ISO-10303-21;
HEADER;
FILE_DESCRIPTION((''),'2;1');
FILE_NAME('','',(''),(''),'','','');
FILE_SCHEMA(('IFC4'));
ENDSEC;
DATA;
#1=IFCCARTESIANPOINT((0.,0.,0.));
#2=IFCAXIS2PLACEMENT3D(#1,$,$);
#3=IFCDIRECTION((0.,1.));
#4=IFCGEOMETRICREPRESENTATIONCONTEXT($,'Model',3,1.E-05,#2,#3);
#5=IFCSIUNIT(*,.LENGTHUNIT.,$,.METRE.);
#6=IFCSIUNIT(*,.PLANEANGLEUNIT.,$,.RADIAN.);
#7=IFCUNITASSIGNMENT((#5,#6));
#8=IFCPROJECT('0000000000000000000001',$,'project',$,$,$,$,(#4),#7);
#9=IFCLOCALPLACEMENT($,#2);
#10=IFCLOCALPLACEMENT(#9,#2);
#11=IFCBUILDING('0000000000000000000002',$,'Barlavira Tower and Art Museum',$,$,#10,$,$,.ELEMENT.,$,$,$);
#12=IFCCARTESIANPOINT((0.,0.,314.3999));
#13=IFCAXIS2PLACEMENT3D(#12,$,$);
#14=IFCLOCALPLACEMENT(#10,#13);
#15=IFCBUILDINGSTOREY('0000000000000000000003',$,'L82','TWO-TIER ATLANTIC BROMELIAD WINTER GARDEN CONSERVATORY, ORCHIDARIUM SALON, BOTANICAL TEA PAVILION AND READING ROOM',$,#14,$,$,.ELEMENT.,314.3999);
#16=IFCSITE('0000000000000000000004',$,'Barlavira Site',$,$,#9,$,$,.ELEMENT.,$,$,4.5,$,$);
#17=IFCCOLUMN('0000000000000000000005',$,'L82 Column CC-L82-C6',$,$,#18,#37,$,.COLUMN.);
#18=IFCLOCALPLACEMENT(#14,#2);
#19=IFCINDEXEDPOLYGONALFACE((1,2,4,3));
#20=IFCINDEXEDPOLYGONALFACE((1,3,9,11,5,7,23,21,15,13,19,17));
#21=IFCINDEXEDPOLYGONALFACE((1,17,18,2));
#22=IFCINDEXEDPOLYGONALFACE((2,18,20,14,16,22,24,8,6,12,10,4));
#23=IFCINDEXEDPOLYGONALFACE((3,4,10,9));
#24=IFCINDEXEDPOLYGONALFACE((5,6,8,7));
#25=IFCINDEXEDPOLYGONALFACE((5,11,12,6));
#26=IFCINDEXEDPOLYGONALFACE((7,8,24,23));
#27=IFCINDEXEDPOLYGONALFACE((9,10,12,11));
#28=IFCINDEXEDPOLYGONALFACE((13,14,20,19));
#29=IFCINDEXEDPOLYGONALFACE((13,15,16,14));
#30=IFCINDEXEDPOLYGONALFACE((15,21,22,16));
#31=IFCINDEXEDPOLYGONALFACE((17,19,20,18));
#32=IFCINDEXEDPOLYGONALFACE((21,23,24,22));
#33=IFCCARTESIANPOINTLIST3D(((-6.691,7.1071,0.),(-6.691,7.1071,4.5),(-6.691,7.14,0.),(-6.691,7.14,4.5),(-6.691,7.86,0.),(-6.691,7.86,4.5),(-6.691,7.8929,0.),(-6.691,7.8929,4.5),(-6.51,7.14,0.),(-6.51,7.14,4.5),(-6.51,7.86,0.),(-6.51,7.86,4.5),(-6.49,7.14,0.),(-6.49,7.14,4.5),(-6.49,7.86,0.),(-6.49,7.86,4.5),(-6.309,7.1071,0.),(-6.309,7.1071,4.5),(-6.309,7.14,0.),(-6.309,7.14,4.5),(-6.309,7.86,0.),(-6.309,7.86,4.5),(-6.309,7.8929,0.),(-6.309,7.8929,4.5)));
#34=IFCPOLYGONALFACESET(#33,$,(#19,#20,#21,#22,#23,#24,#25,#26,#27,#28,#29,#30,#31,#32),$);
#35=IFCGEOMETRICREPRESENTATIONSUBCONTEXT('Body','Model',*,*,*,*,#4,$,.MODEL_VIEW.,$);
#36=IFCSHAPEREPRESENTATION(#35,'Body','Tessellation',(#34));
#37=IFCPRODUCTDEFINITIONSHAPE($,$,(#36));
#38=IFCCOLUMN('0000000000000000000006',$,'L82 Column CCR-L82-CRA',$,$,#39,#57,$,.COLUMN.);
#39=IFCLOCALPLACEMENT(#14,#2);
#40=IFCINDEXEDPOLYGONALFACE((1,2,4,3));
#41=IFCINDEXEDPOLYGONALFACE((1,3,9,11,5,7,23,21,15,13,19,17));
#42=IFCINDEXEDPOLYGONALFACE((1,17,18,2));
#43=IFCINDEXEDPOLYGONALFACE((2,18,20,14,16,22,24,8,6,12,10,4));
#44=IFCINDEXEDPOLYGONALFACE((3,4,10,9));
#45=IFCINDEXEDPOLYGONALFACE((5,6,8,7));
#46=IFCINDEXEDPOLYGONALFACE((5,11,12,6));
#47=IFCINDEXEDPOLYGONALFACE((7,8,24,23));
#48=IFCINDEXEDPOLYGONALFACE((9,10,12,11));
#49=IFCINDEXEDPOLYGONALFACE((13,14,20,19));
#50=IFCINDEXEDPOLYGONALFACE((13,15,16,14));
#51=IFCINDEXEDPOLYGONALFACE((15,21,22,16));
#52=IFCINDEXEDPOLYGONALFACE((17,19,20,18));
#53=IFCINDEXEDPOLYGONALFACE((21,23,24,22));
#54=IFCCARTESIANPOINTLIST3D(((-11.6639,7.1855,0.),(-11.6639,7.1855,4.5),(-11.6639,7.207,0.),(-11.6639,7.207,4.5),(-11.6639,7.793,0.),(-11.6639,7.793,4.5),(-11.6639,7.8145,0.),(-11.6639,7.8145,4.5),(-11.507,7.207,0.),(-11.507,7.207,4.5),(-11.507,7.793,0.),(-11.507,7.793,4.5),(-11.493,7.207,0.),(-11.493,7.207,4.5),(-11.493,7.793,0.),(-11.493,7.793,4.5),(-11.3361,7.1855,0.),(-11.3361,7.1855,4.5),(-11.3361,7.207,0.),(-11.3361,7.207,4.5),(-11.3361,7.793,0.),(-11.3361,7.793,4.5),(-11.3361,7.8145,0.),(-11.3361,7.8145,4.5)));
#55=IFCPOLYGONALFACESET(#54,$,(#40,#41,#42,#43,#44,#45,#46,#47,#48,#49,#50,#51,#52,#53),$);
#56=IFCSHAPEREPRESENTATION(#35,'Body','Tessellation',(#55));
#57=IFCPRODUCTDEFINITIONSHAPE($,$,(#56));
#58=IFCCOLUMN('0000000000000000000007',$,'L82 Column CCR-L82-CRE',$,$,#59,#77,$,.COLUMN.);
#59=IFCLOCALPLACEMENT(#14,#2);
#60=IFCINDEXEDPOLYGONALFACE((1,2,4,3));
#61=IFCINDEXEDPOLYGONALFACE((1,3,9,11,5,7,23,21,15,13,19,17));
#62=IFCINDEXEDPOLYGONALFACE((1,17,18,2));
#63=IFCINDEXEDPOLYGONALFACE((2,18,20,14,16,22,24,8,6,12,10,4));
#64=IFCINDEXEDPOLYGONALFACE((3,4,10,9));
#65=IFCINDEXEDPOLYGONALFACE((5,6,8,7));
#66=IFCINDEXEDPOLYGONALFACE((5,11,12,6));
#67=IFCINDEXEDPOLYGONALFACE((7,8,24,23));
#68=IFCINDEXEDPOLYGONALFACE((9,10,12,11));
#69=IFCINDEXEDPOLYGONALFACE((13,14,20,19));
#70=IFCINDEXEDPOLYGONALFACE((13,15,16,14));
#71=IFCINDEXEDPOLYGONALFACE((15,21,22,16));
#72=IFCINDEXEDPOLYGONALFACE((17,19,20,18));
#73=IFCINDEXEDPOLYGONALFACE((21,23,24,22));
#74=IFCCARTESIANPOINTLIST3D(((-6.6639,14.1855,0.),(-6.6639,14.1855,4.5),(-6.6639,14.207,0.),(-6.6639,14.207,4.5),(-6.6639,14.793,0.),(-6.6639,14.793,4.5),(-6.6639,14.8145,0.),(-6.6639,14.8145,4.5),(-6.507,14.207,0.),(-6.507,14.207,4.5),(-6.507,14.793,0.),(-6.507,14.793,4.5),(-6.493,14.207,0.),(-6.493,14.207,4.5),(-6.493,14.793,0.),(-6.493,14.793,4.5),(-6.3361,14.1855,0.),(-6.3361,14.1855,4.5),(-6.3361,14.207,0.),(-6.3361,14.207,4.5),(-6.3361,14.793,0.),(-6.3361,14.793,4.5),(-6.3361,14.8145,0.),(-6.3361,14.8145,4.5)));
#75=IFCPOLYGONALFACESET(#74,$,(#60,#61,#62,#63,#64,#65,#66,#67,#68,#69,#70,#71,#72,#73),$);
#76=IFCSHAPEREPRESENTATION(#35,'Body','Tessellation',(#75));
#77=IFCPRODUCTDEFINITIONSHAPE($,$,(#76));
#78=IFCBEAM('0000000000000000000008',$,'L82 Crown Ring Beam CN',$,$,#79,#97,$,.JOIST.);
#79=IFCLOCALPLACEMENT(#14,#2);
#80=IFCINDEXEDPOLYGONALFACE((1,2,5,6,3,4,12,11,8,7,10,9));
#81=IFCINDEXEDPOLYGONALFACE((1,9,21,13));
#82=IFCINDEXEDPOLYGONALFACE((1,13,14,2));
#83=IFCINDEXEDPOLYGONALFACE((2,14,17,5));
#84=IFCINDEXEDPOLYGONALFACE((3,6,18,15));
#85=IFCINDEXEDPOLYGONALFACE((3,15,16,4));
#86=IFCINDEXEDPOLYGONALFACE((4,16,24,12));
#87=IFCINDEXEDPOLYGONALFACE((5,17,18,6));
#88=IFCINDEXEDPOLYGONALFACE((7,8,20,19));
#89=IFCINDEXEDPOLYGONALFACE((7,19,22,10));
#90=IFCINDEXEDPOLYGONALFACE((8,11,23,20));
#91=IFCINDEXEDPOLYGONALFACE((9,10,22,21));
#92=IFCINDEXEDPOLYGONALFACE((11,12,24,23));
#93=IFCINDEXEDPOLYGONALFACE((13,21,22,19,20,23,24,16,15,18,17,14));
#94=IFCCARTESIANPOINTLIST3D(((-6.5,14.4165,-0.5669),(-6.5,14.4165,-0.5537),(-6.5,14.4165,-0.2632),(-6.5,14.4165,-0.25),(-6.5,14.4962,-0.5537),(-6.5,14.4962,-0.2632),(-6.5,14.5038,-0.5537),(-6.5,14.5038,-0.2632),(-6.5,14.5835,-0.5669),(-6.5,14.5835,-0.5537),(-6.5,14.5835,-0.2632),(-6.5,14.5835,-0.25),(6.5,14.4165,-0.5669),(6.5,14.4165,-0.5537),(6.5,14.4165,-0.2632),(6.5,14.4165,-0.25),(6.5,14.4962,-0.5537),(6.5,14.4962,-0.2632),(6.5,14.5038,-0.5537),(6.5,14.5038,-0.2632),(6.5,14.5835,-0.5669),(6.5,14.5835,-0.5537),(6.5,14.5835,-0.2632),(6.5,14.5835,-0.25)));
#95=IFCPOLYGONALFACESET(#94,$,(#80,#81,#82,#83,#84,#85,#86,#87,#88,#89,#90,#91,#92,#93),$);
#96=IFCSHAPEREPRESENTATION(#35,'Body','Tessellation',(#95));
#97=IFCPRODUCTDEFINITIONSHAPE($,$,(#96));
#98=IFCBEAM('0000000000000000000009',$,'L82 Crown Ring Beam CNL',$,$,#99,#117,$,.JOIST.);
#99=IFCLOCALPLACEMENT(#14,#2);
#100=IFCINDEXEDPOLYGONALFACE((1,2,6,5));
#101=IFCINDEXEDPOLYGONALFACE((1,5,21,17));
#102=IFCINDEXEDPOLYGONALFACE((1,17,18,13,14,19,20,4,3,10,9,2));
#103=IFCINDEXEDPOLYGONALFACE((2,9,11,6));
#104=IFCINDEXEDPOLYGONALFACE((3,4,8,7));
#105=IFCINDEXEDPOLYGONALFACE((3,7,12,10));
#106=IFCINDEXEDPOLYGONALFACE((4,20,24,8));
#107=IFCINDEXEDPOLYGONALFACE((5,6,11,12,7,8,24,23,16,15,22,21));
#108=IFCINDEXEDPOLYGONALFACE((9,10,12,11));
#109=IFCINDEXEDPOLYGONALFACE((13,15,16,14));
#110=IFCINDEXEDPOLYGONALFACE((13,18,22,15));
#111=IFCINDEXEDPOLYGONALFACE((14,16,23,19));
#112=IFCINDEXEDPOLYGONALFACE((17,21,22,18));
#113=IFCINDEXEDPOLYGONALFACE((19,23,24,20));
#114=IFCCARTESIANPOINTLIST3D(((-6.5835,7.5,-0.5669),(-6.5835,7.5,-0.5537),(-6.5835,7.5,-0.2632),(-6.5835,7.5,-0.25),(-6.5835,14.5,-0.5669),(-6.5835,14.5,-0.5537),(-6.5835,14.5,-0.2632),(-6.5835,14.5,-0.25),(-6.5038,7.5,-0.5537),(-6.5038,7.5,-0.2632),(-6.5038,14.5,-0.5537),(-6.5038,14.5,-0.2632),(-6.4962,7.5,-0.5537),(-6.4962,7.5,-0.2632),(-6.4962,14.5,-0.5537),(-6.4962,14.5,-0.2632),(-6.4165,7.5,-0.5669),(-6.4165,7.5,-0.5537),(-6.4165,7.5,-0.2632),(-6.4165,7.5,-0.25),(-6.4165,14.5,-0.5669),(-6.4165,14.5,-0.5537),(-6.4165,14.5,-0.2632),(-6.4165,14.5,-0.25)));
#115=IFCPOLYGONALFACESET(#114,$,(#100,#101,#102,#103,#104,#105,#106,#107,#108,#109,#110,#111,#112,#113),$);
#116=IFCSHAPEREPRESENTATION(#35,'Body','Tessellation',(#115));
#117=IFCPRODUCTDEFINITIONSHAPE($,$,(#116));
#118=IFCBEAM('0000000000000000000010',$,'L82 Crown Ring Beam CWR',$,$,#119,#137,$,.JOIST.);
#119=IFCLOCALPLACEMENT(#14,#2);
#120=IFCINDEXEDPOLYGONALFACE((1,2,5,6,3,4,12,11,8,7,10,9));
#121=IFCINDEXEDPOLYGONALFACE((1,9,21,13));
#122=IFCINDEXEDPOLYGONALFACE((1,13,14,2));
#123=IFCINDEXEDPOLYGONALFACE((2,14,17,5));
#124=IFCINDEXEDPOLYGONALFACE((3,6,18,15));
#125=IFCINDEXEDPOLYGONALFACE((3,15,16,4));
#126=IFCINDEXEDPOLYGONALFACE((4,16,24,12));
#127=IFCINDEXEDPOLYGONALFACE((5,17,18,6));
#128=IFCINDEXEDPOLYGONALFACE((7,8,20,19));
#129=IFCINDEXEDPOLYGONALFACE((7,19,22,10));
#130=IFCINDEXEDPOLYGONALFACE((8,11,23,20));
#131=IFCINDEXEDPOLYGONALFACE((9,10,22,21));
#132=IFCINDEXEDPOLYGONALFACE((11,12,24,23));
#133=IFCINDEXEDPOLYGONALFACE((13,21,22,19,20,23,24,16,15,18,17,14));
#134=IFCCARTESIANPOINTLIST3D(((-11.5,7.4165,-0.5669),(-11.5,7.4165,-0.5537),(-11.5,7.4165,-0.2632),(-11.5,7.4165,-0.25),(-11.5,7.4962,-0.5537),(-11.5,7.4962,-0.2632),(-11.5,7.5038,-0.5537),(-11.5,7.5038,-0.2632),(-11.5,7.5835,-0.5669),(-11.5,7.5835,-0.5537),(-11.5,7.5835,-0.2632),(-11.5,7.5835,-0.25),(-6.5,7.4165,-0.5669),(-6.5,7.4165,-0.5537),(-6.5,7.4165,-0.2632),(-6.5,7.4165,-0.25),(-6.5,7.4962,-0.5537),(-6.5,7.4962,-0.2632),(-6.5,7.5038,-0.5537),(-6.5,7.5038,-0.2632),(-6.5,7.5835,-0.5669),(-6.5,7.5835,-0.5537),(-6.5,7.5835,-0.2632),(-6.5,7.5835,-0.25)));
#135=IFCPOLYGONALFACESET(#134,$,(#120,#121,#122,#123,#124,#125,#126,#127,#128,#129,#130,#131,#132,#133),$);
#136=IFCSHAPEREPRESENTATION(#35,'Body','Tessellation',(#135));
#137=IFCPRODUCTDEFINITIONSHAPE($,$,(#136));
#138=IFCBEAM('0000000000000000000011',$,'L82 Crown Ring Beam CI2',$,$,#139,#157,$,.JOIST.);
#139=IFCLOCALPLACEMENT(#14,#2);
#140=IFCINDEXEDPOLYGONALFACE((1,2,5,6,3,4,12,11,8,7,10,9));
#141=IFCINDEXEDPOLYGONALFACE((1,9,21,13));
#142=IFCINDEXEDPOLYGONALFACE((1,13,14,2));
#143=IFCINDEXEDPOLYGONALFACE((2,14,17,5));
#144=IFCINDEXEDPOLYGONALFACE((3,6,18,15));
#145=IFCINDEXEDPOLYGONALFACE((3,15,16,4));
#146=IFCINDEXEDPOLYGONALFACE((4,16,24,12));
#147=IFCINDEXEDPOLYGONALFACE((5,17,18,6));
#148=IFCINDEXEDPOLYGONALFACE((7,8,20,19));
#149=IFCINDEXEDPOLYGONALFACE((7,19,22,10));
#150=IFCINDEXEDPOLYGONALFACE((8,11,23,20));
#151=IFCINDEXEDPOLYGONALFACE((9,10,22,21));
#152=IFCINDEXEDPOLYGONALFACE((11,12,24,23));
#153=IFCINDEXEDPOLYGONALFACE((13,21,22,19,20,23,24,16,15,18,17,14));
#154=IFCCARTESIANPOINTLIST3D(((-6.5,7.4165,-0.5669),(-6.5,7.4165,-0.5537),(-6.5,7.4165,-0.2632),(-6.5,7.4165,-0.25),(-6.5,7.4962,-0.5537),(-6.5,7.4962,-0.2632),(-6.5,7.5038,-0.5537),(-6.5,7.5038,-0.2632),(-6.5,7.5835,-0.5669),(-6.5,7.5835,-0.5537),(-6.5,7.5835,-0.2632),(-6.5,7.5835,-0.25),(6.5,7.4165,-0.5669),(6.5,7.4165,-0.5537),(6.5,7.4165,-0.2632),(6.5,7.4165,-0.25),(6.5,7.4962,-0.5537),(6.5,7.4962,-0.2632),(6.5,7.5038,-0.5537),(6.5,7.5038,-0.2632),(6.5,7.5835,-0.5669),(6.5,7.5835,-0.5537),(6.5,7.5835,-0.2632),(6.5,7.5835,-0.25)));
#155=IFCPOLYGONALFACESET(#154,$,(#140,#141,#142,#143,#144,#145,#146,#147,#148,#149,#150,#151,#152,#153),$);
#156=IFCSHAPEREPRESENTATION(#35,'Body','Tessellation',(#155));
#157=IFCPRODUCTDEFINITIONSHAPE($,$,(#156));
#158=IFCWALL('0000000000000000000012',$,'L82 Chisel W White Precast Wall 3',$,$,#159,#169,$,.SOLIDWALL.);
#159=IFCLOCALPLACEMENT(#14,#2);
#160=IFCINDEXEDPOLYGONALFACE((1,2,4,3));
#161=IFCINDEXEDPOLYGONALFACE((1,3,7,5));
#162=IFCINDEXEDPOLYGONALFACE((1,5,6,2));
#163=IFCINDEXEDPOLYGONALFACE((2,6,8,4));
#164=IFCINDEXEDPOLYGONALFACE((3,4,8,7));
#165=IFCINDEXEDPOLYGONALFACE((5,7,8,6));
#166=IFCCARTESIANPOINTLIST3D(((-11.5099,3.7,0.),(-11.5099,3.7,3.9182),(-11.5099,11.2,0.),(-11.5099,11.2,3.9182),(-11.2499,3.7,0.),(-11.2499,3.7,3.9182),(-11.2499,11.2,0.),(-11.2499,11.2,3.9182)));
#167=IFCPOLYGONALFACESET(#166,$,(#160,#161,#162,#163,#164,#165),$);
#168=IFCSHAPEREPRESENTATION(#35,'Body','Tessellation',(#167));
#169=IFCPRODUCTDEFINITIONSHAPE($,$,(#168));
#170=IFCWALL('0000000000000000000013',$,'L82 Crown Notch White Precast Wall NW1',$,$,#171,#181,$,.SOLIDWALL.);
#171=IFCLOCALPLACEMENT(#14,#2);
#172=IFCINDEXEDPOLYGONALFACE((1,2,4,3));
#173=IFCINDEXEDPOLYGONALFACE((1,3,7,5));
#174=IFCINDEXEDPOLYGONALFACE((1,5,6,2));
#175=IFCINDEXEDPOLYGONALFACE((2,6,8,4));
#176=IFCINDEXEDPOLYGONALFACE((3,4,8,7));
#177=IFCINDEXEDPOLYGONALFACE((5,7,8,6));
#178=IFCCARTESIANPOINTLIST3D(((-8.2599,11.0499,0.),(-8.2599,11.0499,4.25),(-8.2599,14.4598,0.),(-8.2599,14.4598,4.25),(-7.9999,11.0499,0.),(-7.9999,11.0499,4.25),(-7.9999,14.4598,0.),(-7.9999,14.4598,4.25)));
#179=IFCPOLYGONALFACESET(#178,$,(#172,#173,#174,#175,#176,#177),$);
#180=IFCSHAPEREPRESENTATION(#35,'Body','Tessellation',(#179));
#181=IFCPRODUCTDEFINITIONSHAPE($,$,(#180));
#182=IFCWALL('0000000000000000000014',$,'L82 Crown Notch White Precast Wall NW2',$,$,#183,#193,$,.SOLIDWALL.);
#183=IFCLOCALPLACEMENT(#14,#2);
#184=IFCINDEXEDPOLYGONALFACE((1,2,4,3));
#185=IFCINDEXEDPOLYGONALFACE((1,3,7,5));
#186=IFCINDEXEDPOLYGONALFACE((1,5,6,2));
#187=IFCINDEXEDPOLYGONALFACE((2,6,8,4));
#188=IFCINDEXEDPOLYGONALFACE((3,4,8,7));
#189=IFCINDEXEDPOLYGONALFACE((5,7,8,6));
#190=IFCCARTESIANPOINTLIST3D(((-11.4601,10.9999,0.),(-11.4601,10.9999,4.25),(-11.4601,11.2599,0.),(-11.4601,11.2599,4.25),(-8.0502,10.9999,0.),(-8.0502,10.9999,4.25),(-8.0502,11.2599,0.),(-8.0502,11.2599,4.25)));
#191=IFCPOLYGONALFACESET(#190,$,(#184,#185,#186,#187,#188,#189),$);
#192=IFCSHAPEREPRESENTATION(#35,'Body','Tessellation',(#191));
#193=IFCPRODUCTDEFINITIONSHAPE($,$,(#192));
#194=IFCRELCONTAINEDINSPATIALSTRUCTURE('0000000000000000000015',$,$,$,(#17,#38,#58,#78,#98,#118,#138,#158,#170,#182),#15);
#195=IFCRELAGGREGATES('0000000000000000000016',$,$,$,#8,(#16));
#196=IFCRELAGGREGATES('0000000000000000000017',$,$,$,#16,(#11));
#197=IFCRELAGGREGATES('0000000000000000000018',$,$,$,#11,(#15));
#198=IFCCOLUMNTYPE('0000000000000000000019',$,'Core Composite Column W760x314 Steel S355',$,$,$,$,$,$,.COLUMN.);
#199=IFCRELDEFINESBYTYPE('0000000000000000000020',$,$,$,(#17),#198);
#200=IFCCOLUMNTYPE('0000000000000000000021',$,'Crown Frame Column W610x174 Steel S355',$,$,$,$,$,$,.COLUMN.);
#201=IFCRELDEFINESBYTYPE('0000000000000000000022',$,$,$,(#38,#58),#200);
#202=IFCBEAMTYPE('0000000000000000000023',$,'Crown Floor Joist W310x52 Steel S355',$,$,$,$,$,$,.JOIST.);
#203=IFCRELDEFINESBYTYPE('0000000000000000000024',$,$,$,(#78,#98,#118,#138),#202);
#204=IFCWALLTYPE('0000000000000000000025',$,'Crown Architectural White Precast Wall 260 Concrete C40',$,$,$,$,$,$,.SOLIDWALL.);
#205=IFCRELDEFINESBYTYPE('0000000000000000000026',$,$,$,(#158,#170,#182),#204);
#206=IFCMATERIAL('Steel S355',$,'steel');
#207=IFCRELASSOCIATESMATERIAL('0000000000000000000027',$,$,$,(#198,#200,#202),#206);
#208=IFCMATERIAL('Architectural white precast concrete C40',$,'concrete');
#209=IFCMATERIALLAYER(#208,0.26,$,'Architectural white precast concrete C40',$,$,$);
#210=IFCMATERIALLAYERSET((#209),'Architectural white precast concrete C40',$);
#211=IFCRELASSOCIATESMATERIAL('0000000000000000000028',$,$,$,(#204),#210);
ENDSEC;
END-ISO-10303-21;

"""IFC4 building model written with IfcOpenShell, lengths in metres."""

from ifc_helpers import new_model, si_unit, direction, frame, frame_2d, origin, origin_2d, place, context, subcontext, project, spatial, rectangle, i_section, extrude, material, layer, layer_set, material_profile, profile_set, type_object, element, save


model = new_model("IFC4")

# Units and contexts
model_context = context("Model", 3, precision=1e-05, world=origin(), true_north=direction((0.0, 1.0)))
body_context = subcontext(model_context, "Body", "Model", "MODEL_VIEW")
ifc_project = project(units=[si_unit("LENGTHUNIT", "METRE"), si_unit("PLANEANGLEUNIT", "RADIAN")], contexts=[model_context])

# Site, building, storey
site_placement = place(None, origin())
site = spatial("IfcSite", under=ifc_project, at=site_placement, Name="Barlavira Site", CompositionType="ELEMENT", RefElevation=4.5)
building_placement = place(site_placement, origin())
building = spatial("IfcBuilding", under=site, at=building_placement, Name="Barlavira Tower and Art Museum", CompositionType="ELEMENT")
storey_placement = place(building_placement, frame((0.0, 0.0, 314.3999)))
storey = spatial("IfcBuildingStorey", under=building, at=storey_placement, Name="L82", Description="TWO-TIER ATLANTIC BROMELIAD WINTER GARDEN CONSERVATORY, ORCHIDARIUM SALON, BOTANICAL TEA PAVILION AND READING ROOM", CompositionType="ELEMENT", Elevation=314.3999)

# Columns
ifc_material_1 = material(Name="Steel S355", Category="steel")
ifc_material_profile_1 = material_profile(ifc_material_1, i_section(OverallWidth=0.3821, OverallDepth=0.7859, WebThickness=0.02, FlangeThickness=0.033, at=origin_2d()), Name="W760x314.0")
ifc_profile_set_1 = profile_set([ifc_material_profile_1], Name="Steel S355")
column_type_1 = type_object("IfcColumnType", Name="Core Composite Column W760x314 Steel S355", PredefinedType="COLUMN", material=ifc_profile_set_1)
column_placement = place(storey_placement, frame((-6.5, 7.5, 0.0), z_axis=(0.0, 0.0, 1.0), x_axis=(1.0, 0.0, 0.0)))
element("IfcColumn", 1, at=column_placement, inside=storey, type_object=column_type_1, Name="L82 Column CC-L82-C6", PredefinedType="COLUMN", context=body_context, shape_type="SweptSolid", body=[
    extrude(i_section(OverallWidth=0.3821, OverallDepth=0.7859, WebThickness=0.02, FlangeThickness=0.033, at=origin_2d()), origin(), (0.0, 0.0, 1.0), 4.5),
])
ifc_material_profile_2 = material_profile(ifc_material_1, i_section(OverallWidth=0.3279, OverallDepth=0.6289, WebThickness=0.0139, FlangeThickness=0.0215, at=origin_2d()), Name="W610x174.0")
ifc_profile_set_2 = profile_set([ifc_material_profile_2], Name="Steel S355")
column_type_2 = type_object("IfcColumnType", Name="Crown Frame Column W610x174 Steel S355", PredefinedType="COLUMN", material=ifc_profile_set_2)
for number, where, z_axis, x_axis, name in (
    (2, (-11.5, 7.5, 0.0), (0.0, 0.0, 1.0), (1.0, 0.0, 0.0), "L82 Column CCR-L82-CRA"),
    (3, (-6.5, 14.5, 0.0), (0.0, 0.0, 1.0), (1.0, 0.0, 0.0), "L82 Column CCR-L82-CRE"),
):
    element("IfcColumn", number, at=place(storey_placement, frame(where, z_axis=z_axis, x_axis=x_axis)), inside=storey, type_object=column_type_2, Name=name, PredefinedType="COLUMN", context=body_context, shape_type="SweptSolid", body=[
        extrude(i_section(OverallWidth=0.3279, OverallDepth=0.6289, WebThickness=0.0139, FlangeThickness=0.0215, at=origin_2d()), origin(), (0.0, 0.0, 1.0), 4.5),
    ])

# Beams
ifc_material_profile_3 = material_profile(ifc_material_1, i_section(OverallWidth=0.167, OverallDepth=0.3169, WebThickness=0.0076, FlangeThickness=0.0132, at=origin_2d()), Name="W310x52.0")
ifc_profile_set_3 = profile_set([ifc_material_profile_3], Name="Steel S355")
beam_type = type_object("IfcBeamType", Name="Crown Floor Joist W310x52 Steel S355", PredefinedType="JOIST", material=ifc_profile_set_3)
beam_1_placement = place(storey_placement, frame((-6.5, 14.5, -0.4084), z_axis=(1.0, 0.0, 0.0), x_axis=(0.0, 1.0, 0.0)))
element("IfcBeam", 4, at=beam_1_placement, inside=storey, type_object=beam_type, Name="L82 Crown Ring Beam CN", PredefinedType="JOIST", context=body_context, shape_type="SweptSolid", body=[
    extrude(i_section(OverallWidth=0.167, OverallDepth=0.3169, WebThickness=0.0076, FlangeThickness=0.0132, at=origin_2d()), origin(), (0.0, 0.0, 1.0), 13.0),
])
beam_2_placement = place(storey_placement, frame((-6.5, 7.5, -0.4084), z_axis=(0.0, 1.0, 0.0), x_axis=(-1.0, 0.0, 0.0)))
element("IfcBeam", 5, at=beam_2_placement, inside=storey, type_object=beam_type, Name="L82 Crown Ring Beam CNL", PredefinedType="JOIST", context=body_context, shape_type="SweptSolid", body=[
    extrude(i_section(OverallWidth=0.167, OverallDepth=0.3169, WebThickness=0.0076, FlangeThickness=0.0132, at=origin_2d()), origin(), (0.0, 0.0, 1.0), 7.0),
])
beam_3_placement = place(storey_placement, frame((-11.5, 7.5, -0.4084), z_axis=(1.0, 0.0, 0.0), x_axis=(0.0, 1.0, 0.0)))
element("IfcBeam", 6, at=beam_3_placement, inside=storey, type_object=beam_type, Name="L82 Crown Ring Beam CWR", PredefinedType="JOIST", context=body_context, shape_type="SweptSolid", body=[
    extrude(i_section(OverallWidth=0.167, OverallDepth=0.3169, WebThickness=0.0076, FlangeThickness=0.0132, at=origin_2d()), origin(), (0.0, 0.0, 1.0), 5.0),
])
beam_4_placement = place(storey_placement, frame((-6.5, 7.5, -0.4084), z_axis=(1.0, 0.0, 0.0), x_axis=(0.0, 1.0, 0.0)))
element("IfcBeam", 7, at=beam_4_placement, inside=storey, type_object=beam_type, Name="L82 Crown Ring Beam CI2", PredefinedType="JOIST", context=body_context, shape_type="SweptSolid", body=[
    extrude(i_section(OverallWidth=0.167, OverallDepth=0.3169, WebThickness=0.0076, FlangeThickness=0.0132, at=origin_2d()), origin(), (0.0, 0.0, 1.0), 13.0),
])

# Walls
ifc_material_2 = material(Name="Architectural white precast concrete C40", Category="concrete")
ifc_layer_1 = layer(ifc_material_2, 0.26, Name="Architectural white precast concrete C40")
ifc_layer_set_1 = layer_set([ifc_layer_1], Name="Architectural white precast concrete C40")
wall_type_1 = type_object("IfcWallType", Name="Crown Architectural White Precast Wall 260 Concrete C40", PredefinedType="SOLIDWALL", material=ifc_layer_set_1)
wall_1_placement = place(storey_placement, frame((-11.3799, 11.2, 0.0), z_axis=(0.0, 0.0, 1.0), x_axis=(0.0, -1.0, 0.0)))
element("IfcWall", 8, at=wall_1_placement, inside=storey, type_object=wall_type_1, Name="L82 Chisel W White Precast Wall 3", PredefinedType="SOLIDWALL", context=body_context, shape_type="SweptSolid", body=[
    extrude(rectangle(XDim=7.5, YDim=0.26, at=frame_2d((3.75, 0.0))), origin(), (0.0, 0.0, 1.0), 3.9182),
])
for number, where, z_axis, x_axis, name in (
    (9, (-8.1299, 14.46, 0.0), (0.0, 0.0, 1.0), (0.0, -1.0, 0.0), "L82 Crown Notch White Precast Wall NW1"),
    (10, (-8.05, 11.1299, 0.0), (0.0, 0.0, 1.0), (-1.0, 0.0, 0.0), "L82 Crown Notch White Precast Wall NW2"),
):
    element("IfcWall", number, at=place(storey_placement, frame(where, z_axis=z_axis, x_axis=x_axis)), inside=storey, type_object=wall_type_1, Name=name, PredefinedType="SOLIDWALL", context=body_context, shape_type="SweptSolid", body=[
        extrude(rectangle(XDim=3.4099, YDim=0.26, at=frame_2d((1.7051, 0.0))), origin(), (0.0, 0.0, 1.0), 4.25),
    ])

save(model, "model.ifc")
